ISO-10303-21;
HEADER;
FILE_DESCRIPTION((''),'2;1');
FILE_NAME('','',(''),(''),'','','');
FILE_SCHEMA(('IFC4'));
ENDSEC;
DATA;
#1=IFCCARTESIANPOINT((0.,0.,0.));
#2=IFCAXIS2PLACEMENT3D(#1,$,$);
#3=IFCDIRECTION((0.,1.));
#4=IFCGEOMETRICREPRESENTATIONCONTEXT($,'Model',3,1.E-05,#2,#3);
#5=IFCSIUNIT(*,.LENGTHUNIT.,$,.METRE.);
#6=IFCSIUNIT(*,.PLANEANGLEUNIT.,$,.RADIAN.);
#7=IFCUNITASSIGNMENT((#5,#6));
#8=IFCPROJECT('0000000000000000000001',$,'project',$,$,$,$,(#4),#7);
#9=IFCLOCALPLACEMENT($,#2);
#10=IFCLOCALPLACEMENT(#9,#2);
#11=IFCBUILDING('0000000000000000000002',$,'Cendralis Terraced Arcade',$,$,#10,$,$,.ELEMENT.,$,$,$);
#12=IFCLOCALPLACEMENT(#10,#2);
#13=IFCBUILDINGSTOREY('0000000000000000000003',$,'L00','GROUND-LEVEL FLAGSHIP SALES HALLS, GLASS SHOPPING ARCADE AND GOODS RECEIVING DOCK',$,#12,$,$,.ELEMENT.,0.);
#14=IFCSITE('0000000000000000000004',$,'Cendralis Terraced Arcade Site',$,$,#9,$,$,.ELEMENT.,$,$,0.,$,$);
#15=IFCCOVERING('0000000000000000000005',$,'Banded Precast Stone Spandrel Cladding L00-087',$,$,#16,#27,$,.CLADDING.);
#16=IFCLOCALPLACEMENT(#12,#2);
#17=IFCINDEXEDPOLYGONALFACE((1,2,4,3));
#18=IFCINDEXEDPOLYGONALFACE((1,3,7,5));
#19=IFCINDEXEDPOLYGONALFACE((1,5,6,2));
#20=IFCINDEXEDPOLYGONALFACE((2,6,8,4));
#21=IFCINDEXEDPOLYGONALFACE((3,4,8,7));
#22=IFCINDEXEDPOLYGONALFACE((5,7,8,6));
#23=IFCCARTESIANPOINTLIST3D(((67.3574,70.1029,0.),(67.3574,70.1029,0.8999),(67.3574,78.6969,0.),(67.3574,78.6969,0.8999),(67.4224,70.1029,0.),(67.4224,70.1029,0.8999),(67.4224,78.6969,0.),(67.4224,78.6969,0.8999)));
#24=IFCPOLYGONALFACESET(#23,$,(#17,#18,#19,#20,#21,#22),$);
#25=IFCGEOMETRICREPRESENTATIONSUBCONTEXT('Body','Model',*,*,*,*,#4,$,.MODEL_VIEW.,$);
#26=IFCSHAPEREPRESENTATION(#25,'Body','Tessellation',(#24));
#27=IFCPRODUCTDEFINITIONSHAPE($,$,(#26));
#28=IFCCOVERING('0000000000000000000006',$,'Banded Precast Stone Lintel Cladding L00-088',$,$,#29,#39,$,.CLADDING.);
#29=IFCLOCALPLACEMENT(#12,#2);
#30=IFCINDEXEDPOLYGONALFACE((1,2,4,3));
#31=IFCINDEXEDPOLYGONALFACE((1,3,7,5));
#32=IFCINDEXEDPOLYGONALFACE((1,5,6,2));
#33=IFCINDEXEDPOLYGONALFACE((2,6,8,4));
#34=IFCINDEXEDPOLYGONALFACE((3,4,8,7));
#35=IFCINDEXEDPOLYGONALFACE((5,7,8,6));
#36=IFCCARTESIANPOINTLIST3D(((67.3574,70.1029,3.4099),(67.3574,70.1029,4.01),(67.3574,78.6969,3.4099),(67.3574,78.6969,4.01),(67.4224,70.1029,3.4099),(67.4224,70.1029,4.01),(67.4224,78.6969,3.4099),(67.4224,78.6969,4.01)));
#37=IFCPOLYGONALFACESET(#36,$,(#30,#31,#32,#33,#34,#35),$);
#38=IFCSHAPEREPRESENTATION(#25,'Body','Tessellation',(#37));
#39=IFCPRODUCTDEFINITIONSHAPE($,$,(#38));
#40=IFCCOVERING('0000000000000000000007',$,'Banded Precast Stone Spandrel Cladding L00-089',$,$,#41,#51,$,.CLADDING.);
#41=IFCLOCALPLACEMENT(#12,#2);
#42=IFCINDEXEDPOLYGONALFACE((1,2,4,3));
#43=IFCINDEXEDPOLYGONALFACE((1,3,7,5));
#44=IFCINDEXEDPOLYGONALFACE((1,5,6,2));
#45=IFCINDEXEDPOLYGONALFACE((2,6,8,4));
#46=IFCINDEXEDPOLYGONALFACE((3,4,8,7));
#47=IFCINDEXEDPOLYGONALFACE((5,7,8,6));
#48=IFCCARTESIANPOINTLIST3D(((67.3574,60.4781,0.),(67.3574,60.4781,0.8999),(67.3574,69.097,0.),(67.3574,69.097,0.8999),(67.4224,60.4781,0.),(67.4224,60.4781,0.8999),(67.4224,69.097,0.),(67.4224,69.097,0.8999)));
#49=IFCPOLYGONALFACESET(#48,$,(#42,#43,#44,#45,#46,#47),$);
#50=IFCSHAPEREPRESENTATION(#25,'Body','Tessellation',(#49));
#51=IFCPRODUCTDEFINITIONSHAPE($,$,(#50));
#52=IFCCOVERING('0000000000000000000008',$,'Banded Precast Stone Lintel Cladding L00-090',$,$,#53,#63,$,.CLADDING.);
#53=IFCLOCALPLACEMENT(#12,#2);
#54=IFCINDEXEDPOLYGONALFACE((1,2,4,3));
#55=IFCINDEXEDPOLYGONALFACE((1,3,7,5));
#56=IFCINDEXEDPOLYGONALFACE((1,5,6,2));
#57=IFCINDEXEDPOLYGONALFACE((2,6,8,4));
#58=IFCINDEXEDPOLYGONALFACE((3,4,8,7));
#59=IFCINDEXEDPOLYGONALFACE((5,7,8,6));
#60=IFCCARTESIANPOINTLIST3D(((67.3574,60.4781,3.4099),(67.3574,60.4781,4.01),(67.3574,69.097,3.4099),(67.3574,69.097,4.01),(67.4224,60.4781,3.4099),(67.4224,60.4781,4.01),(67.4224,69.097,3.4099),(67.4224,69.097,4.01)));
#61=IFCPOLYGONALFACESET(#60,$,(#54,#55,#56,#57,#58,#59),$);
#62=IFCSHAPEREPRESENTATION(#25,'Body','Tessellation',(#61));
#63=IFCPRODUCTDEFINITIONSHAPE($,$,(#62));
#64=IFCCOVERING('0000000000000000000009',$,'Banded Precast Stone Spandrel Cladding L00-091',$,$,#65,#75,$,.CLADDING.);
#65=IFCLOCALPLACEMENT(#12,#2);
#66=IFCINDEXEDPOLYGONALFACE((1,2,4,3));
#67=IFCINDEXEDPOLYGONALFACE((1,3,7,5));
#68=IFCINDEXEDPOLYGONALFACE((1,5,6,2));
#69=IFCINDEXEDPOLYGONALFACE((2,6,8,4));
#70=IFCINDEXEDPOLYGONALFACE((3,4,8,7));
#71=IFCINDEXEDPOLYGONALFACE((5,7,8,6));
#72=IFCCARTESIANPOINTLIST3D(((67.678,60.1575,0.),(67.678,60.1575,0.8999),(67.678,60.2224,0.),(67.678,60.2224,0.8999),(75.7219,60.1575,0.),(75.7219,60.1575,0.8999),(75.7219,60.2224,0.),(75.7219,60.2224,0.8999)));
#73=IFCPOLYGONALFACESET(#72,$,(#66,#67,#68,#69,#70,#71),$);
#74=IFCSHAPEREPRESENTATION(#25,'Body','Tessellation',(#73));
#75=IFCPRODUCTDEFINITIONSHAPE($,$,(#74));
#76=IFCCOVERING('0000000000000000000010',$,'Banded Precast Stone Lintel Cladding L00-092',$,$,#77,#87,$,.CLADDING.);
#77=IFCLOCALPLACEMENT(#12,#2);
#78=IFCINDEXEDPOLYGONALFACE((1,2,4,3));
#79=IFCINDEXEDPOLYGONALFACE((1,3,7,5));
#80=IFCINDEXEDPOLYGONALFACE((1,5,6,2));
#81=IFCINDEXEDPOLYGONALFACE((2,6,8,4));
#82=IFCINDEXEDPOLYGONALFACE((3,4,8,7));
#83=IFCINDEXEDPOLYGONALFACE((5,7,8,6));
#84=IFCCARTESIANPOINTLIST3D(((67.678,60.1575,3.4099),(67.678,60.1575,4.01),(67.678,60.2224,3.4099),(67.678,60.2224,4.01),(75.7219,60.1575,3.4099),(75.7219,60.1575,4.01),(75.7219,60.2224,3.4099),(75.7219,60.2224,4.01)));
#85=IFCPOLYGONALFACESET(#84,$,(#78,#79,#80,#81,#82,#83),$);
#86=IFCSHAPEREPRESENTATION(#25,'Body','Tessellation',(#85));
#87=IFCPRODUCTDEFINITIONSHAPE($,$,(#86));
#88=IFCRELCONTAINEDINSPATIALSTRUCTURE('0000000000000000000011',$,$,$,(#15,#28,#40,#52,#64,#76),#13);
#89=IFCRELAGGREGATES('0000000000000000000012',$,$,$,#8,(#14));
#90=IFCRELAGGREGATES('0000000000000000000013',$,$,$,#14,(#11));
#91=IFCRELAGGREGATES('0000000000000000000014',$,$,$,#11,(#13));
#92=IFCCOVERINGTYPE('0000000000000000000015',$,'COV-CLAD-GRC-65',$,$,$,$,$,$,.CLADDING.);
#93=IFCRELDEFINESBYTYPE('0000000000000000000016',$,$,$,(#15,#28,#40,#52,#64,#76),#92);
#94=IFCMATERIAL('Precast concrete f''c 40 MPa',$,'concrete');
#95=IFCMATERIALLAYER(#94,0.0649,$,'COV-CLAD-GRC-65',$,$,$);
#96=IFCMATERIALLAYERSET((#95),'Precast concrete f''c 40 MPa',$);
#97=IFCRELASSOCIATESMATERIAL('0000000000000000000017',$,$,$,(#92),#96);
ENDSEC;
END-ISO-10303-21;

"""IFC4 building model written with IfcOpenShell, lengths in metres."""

from ifc_helpers import new_model, si_unit, direction, frame, origin, origin_2d, place, context, subcontext, project, spatial, rectangle, extrude, material, layer, layer_set, type_object, element, save


model = new_model("IFC4")

# Units and contexts
model_context = context("Model", 3, precision=1e-05, world=origin(), true_north=direction((0.0, 1.0)))
body_context = subcontext(model_context, "Body", "Model", "MODEL_VIEW")
ifc_project = project(units=[si_unit("LENGTHUNIT", "METRE"), si_unit("PLANEANGLEUNIT", "RADIAN")], contexts=[model_context])

# Site, building, storey
site_placement = place(None, origin())
site = spatial("IfcSite", under=ifc_project, at=site_placement, Name="Cendralis Terraced Arcade Site", CompositionType="ELEMENT", RefElevation=0.0)
building_placement = place(site_placement, origin())
building = spatial("IfcBuilding", under=site, at=building_placement, Name="Cendralis Terraced Arcade", CompositionType="ELEMENT")
storey_placement = place(building_placement, origin())
storey = spatial("IfcBuildingStorey", under=building, at=storey_placement, Name="L00", Description="GROUND-LEVEL FLAGSHIP SALES HALLS, GLASS SHOPPING ARCADE AND GOODS RECEIVING DOCK", CompositionType="ELEMENT", Elevation=0.0)

# Shared definitions
ifc_material_1 = material(Name="Precast concrete f'c 40 MPa", Category="concrete")

# Coverings
ifc_layer_1 = layer(ifc_material_1, 0.0649, Name="COV-CLAD-GRC-65")
ifc_layer_set_1 = layer_set([ifc_layer_1], Name="Precast concrete f'c 40 MPa")
covering_type = type_object("IfcCoveringType", Name="COV-CLAD-GRC-65", PredefinedType="CLADDING", material=ifc_layer_set_1)
covering_1_placement = place(storey_placement, frame((67.3899, 74.3999, 0.0), z_axis=(0.0, 0.0, 1.0), x_axis=(0.0, -1.0, 0.0)))
element("IfcCovering", 1, at=covering_1_placement, inside=storey, type_object=covering_type, Name="Banded Precast Stone Spandrel Cladding L00-087", PredefinedType="CLADDING", context=body_context, shape_type="SweptSolid", body=[
    extrude(rectangle(XDim=8.594, YDim=0.0649, at=origin_2d()), origin(), (0.0, 0.0, 1.0), 0.8999),
])
covering_2_placement = place(storey_placement, frame((67.3899, 74.3999, 3.4099), z_axis=(0.0, 0.0, 1.0), x_axis=(0.0, -1.0, 0.0)))
element("IfcCovering", 2, at=covering_2_placement, inside=storey, type_object=covering_type, Name="Banded Precast Stone Lintel Cladding L00-088", PredefinedType="CLADDING", context=body_context, shape_type="SweptSolid", body=[
    extrude(rectangle(XDim=8.594, YDim=0.0649, at=origin_2d()), origin(), (0.0, 0.0, 1.0), 0.6001),
])
covering_3_placement = place(storey_placement, frame((67.3899, 64.7876, 0.0), z_axis=(0.0, 0.0, 1.0), x_axis=(0.0, -1.0, 0.0)))
element("IfcCovering", 3, at=covering_3_placement, inside=storey, type_object=covering_type, Name="Banded Precast Stone Spandrel Cladding L00-089", PredefinedType="CLADDING", context=body_context, shape_type="SweptSolid", body=[
    extrude(rectangle(XDim=8.6189, YDim=0.0649, at=origin_2d()), origin(), (0.0, 0.0, 1.0), 0.8999),
])
covering_4_placement = place(storey_placement, frame((67.3899, 64.7876, 3.4099), z_axis=(0.0, 0.0, 1.0), x_axis=(0.0, -1.0, 0.0)))
element("IfcCovering", 4, at=covering_4_placement, inside=storey, type_object=covering_type, Name="Banded Precast Stone Lintel Cladding L00-090", PredefinedType="CLADDING", context=body_context, shape_type="SweptSolid", body=[
    extrude(rectangle(XDim=8.6189, YDim=0.0649, at=origin_2d()), origin(), (0.0, 0.0, 1.0), 0.6001),
])
covering_5_placement = place(storey_placement, frame((71.7, 60.1899, 0.0), z_axis=(0.0, 0.0, 1.0), x_axis=(1.0, 0.0, 0.0)))
element("IfcCovering", 5, at=covering_5_placement, inside=storey, type_object=covering_type, Name="Banded Precast Stone Spandrel Cladding L00-091", PredefinedType="CLADDING", context=body_context, shape_type="SweptSolid", body=[
    extrude(rectangle(XDim=8.0439, YDim=0.0649, at=origin_2d()), origin(), (0.0, 0.0, 1.0), 0.8999),
])
covering_6_placement = place(storey_placement, frame((71.7, 60.1899, 3.4099), z_axis=(0.0, 0.0, 1.0), x_axis=(1.0, 0.0, 0.0)))
element("IfcCovering", 6, at=covering_6_placement, inside=storey, type_object=covering_type, Name="Banded Precast Stone Lintel Cladding L00-092", PredefinedType="CLADDING", context=body_context, shape_type="SweptSolid", body=[
    extrude(rectangle(XDim=8.0439, YDim=0.0649, at=origin_2d()), origin(), (0.0, 0.0, 1.0), 0.6001),
])

save(model, "model.ifc")
